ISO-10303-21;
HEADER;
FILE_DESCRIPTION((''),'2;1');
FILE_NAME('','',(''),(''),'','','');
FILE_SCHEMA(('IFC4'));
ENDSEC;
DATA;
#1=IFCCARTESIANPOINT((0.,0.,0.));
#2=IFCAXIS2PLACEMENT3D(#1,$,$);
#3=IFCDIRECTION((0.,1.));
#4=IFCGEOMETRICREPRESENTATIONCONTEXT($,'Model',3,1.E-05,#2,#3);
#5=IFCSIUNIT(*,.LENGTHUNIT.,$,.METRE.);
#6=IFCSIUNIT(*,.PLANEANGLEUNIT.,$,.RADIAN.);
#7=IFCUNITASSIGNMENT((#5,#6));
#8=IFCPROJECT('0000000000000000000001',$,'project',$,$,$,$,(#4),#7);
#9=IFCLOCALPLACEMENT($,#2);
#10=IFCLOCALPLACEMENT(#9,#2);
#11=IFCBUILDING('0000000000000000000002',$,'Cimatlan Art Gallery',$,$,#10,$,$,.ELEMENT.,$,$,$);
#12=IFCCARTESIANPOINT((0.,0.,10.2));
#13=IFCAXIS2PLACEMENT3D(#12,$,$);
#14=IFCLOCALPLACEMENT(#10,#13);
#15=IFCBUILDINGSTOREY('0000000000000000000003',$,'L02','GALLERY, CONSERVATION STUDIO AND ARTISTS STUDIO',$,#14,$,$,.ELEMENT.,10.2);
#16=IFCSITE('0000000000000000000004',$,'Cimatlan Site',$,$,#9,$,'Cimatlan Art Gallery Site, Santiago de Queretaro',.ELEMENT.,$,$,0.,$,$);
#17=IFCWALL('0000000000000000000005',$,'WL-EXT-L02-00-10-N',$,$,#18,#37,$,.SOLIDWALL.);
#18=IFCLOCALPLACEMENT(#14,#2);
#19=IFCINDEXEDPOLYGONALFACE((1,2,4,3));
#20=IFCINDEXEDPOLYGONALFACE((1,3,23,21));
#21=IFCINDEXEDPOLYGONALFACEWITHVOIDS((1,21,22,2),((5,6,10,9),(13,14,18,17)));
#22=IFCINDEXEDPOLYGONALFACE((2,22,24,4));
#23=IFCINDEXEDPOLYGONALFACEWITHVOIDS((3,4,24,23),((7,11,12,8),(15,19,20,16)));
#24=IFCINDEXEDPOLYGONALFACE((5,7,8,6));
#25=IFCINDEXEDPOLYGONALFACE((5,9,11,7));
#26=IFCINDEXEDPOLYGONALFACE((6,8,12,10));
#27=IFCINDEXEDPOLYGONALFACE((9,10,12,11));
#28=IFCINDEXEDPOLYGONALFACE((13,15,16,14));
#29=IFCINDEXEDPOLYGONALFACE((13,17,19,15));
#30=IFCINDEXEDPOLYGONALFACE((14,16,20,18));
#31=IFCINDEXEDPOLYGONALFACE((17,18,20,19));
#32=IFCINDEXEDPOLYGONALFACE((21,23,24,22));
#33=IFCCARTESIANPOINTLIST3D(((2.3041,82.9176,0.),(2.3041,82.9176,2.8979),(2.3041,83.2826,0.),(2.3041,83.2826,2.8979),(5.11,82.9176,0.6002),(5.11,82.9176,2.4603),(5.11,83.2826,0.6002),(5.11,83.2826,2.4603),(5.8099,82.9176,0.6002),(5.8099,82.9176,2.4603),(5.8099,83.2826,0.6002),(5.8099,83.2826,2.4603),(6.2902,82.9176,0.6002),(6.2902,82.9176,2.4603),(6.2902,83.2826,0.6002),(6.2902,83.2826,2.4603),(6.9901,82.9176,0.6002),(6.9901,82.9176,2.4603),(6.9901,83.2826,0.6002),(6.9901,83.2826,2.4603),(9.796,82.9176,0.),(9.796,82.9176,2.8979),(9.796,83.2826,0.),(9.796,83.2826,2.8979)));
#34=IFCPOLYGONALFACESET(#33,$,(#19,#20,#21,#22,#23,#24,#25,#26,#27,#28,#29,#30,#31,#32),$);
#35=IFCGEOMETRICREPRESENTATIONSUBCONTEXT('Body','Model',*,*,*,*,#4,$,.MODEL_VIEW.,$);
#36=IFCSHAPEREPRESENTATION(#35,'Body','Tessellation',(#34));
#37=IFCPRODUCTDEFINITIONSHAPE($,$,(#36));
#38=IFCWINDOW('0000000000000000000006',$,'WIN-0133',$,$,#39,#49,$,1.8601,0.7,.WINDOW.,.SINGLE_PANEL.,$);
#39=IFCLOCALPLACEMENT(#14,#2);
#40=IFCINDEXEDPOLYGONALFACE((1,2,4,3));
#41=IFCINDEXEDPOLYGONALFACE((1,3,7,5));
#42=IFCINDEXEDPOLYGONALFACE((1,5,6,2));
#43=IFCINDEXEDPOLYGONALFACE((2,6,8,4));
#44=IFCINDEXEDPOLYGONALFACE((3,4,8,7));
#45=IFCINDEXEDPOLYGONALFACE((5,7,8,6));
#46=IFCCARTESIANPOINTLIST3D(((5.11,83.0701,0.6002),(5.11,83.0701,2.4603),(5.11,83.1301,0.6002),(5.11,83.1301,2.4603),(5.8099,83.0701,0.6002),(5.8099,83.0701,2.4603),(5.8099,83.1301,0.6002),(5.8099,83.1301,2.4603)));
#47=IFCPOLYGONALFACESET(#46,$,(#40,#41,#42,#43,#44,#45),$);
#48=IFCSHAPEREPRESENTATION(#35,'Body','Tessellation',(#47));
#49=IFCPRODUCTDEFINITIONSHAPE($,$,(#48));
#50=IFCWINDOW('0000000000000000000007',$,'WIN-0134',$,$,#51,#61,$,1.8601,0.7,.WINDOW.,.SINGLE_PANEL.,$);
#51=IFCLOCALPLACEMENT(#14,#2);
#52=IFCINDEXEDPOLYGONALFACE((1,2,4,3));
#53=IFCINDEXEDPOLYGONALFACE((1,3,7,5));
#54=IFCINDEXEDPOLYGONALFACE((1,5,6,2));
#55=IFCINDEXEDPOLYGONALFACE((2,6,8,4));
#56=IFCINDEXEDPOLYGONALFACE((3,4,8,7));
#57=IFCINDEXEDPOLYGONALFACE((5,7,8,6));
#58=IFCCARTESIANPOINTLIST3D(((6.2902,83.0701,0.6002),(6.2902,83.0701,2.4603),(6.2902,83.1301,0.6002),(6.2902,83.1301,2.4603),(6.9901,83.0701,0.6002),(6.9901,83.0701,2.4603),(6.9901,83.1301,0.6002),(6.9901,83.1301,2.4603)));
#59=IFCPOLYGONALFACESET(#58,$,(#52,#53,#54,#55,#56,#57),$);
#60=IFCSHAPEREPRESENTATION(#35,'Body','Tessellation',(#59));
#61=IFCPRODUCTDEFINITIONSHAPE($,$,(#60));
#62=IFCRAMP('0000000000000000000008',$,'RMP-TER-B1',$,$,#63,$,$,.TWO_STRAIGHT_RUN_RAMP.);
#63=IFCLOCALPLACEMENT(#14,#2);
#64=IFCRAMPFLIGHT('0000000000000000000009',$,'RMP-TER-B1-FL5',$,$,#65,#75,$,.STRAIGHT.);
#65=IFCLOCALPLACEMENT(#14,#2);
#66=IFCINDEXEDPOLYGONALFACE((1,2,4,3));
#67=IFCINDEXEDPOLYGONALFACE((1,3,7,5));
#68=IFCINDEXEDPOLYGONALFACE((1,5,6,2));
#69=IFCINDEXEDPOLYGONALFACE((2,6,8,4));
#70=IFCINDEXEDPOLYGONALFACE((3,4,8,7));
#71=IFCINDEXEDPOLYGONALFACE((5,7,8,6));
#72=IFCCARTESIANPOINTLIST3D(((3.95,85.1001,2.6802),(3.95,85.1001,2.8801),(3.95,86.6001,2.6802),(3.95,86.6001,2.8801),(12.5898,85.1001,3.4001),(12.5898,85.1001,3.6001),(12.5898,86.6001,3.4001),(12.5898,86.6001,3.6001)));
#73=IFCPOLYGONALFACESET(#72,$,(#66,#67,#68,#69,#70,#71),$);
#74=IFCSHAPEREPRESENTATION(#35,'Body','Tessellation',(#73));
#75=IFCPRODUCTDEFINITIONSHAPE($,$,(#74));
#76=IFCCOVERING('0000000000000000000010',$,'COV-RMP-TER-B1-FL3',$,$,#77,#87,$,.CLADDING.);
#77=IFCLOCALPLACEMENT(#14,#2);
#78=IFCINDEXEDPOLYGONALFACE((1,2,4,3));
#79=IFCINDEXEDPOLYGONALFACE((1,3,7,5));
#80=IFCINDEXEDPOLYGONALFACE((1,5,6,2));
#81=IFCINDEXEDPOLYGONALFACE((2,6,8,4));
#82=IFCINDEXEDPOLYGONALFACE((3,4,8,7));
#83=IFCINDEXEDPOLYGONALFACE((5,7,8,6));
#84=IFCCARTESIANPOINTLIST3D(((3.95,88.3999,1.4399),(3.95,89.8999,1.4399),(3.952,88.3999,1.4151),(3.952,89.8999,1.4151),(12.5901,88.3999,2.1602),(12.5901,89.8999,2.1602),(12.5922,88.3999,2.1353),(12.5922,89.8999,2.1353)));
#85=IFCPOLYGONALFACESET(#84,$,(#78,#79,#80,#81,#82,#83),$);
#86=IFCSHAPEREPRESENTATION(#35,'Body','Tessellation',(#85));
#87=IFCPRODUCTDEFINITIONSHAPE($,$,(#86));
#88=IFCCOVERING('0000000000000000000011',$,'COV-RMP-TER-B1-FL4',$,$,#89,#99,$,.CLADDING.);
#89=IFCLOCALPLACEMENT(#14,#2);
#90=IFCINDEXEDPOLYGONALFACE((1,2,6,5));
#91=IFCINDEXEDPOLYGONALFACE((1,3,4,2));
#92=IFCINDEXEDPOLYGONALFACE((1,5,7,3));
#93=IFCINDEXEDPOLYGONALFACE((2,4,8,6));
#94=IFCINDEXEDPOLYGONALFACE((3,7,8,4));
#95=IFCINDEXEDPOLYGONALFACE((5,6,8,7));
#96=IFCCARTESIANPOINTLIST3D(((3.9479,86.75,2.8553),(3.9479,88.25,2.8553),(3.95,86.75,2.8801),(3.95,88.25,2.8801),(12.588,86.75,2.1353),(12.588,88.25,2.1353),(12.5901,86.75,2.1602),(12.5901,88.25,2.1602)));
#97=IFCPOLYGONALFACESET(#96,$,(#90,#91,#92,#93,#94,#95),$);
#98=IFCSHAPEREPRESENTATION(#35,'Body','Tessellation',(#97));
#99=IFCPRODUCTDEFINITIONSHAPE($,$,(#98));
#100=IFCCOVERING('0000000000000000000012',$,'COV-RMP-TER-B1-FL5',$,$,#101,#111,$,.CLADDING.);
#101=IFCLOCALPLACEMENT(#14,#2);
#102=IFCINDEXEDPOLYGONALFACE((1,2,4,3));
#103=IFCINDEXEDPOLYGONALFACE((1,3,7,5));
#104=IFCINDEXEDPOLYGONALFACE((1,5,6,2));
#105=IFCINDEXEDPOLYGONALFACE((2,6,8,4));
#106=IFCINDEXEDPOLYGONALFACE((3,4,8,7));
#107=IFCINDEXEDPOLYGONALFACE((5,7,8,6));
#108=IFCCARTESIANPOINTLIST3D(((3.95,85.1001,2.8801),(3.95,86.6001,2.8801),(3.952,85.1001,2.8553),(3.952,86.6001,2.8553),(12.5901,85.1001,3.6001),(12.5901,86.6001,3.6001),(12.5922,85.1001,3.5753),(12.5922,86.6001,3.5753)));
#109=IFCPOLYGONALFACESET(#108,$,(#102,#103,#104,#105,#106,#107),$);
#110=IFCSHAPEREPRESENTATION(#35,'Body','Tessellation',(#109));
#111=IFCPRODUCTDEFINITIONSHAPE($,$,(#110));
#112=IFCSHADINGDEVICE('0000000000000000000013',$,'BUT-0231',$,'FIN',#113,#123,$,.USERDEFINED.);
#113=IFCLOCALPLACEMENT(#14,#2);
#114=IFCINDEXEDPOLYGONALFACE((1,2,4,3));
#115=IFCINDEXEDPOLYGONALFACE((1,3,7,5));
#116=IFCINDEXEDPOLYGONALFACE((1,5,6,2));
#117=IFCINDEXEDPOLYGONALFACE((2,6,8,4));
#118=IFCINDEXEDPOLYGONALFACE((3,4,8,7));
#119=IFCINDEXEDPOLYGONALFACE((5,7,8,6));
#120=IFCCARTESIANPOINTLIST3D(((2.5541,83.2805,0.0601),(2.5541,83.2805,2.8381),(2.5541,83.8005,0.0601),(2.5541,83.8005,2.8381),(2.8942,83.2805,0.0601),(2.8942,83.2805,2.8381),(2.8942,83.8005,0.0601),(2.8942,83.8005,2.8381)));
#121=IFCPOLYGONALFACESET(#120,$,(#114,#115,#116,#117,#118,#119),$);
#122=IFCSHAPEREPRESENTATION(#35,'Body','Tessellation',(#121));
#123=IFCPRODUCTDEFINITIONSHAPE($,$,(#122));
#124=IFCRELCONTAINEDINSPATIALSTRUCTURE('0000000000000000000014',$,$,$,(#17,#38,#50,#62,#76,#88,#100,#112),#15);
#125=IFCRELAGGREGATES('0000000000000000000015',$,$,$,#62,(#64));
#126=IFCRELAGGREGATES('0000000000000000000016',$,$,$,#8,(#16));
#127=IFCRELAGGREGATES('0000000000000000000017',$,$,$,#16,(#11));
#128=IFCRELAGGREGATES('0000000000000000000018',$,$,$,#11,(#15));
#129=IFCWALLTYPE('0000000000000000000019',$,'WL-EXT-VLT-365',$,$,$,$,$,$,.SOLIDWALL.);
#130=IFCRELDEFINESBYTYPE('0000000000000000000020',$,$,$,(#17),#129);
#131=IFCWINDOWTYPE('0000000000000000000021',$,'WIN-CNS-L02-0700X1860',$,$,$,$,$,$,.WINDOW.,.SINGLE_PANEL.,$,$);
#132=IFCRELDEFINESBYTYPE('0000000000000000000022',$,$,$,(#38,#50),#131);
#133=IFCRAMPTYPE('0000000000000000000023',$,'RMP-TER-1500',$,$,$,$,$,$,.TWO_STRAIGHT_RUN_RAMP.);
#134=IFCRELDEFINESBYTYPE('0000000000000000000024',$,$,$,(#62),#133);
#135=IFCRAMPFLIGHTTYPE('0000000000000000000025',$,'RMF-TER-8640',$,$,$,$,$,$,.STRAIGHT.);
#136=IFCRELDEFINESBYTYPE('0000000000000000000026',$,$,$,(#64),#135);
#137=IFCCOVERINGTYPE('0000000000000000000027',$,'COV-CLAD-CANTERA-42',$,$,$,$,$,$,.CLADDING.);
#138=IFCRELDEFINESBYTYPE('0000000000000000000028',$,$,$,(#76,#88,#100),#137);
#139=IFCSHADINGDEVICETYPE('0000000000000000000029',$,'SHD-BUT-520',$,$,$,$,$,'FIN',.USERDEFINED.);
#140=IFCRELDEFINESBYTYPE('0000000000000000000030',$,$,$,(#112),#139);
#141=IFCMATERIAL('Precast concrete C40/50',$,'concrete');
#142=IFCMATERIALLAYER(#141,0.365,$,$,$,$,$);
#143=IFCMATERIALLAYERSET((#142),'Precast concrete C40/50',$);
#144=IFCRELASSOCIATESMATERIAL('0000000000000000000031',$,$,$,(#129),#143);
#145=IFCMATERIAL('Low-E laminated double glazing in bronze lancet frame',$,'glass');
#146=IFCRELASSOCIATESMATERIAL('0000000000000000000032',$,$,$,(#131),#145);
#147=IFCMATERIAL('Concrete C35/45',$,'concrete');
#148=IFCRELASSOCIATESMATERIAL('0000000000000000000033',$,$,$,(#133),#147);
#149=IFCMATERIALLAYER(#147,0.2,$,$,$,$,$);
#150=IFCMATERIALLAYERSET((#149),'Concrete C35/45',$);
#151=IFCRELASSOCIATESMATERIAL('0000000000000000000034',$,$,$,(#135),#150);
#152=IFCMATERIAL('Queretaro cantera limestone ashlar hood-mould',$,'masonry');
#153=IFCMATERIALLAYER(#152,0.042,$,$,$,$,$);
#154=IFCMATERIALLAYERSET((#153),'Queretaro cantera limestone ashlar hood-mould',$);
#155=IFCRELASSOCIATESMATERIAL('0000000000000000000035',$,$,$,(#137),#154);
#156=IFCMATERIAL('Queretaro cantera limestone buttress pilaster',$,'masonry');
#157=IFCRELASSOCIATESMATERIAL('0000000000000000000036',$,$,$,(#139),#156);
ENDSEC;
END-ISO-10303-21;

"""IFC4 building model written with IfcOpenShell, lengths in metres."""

from ifc_helpers import new_model, si_unit, direction, frame, frame_2d, origin, origin_2d, place, context, subcontext, project, spatial, polyline, rectangle, outline, extrude, material, layer, layer_set, type_object, element, fill, aggregate, save


model = new_model("IFC4")

# Units and contexts
model_context = context("Model", 3, precision=1e-05, world=origin(), true_north=direction((0.0, 1.0)))
body_context = subcontext(model_context, "Body", "Model", "MODEL_VIEW")
ifc_project = project(units=[si_unit("LENGTHUNIT", "METRE"), si_unit("PLANEANGLEUNIT", "RADIAN")], contexts=[model_context])

# Site, building, storey
site_placement = place(None, origin())
site = spatial("IfcSite", under=ifc_project, at=site_placement, Name="Cimatlan Site", LongName="Cimatlan Art Gallery Site, Santiago de Queretaro", CompositionType="ELEMENT", RefElevation=0.0)
building_placement = place(site_placement, origin())
building = spatial("IfcBuilding", under=site, at=building_placement, Name="Cimatlan Art Gallery", CompositionType="ELEMENT")
storey_placement = place(building_placement, frame((0.0, 0.0, 10.2)))
storey = spatial("IfcBuildingStorey", under=building, at=storey_placement, Name="L02", Description="GALLERY, CONSERVATION STUDIO AND ARTISTS STUDIO", CompositionType="ELEMENT", Elevation=10.2)

# Wall, openings, windows
ifc_material_1 = material(Name="Precast concrete C40/50", Category="concrete")
ifc_layer_1 = layer(ifc_material_1, 0.365)
ifc_layer_set_1 = layer_set([ifc_layer_1], Name="Precast concrete C40/50")
wall_type = type_object("IfcWallType", Name="WL-EXT-VLT-365", PredefinedType="SOLIDWALL", material=ifc_layer_set_1)
wall_placement = place(storey_placement, frame((2.304, 83.1001, 0.0), z_axis=(0.0, 0.0, 1.0), x_axis=(1.0, 0.0, 0.0)))
wall = element("IfcWall", 1, at=wall_placement, inside=storey, type_object=wall_type, Name="WL-EXT-L02-00-10-N", PredefinedType="SOLIDWALL", context=body_context, shape_type="SweptSolid", body=[
    extrude(rectangle(XDim=7.4919, YDim=0.365, at=frame_2d((3.7461, 0.0))), origin(), (0.0, 0.0, 1.0), 2.8979),
])
opening_1_placement = place(wall_placement, frame((2.8059, 0.0, 0.6001)))
opening_1 = element("IfcOpeningElement", 2, at=opening_1_placement, cuts=wall, PredefinedType="OPENING", context=body_context, shape_type="SweptSolid", body=[
    extrude(rectangle(XDim=0.7, YDim=1.8601, at=frame_2d((0.3501, 0.9302))), frame((0.0, 0.1924, 0.0), z_axis=(0.0, -1.0, 0.0), x_axis=(1.0, 0.0, 0.0)), (0.0, 0.0, 1.0), 0.385),
])
opening_2_placement = place(wall_placement, frame((3.9861, 0.0, 0.6001)))
opening_2 = element("IfcOpeningElement", 3, at=opening_2_placement, cuts=wall, PredefinedType="OPENING", context=body_context, shape_type="SweptSolid", body=[
    extrude(rectangle(XDim=0.7, YDim=1.8601, at=frame_2d((0.3501, 0.9302))), frame((0.0, 0.1924, 0.0), z_axis=(0.0, -1.0, 0.0), x_axis=(1.0, 0.0, 0.0)), (0.0, 0.0, 1.0), 0.385),
])
ifc_material_2 = material(Name="Low-E laminated double glazing in bronze lancet frame", Category="glass")
window_type = type_object("IfcWindowType", Name="WIN-CNS-L02-0700X1860", PartitioningType="SINGLE_PANEL", PredefinedType="WINDOW", material=ifc_material_2)
window_1_placement = place(opening_1_placement, origin())
window_1 = element("IfcWindow", 4, at=window_1_placement, inside=storey, type_object=window_type, Name="WIN-0133", OverallHeight=1.8601, OverallWidth=0.7, PartitioningType="SINGLE_PANEL", PredefinedType="WINDOW", context=body_context, shape_type="SweptSolid", body=[
    extrude(rectangle(XDim=0.7, YDim=1.8601, at=frame_2d((0.3501, 0.9302))), frame((0.0, 0.03, 0.0), z_axis=(0.0, -1.0, 0.0), x_axis=(1.0, 0.0, 0.0)), (0.0, 0.0, 1.0), 0.0601),
])
fill(opening_1, window_1)
window_2_placement = place(opening_2_placement, origin())
window_2 = element("IfcWindow", 5, at=window_2_placement, inside=storey, type_object=window_type, Name="WIN-0134", OverallHeight=1.8601, OverallWidth=0.7, PartitioningType="SINGLE_PANEL", PredefinedType="WINDOW", context=body_context, shape_type="SweptSolid", body=[
    extrude(rectangle(XDim=0.7, YDim=1.8601, at=frame_2d((0.3501, 0.9302))), frame((0.0, 0.03, 0.0), z_axis=(0.0, -1.0, 0.0), x_axis=(1.0, 0.0, 0.0)), (0.0, 0.0, 1.0), 0.0601),
])
fill(opening_2, window_2)

# Ramp, ramp flight
ifc_material_3 = material(Name="Concrete C35/45", Category="concrete")
ramp_type = type_object("IfcRampType", Name="RMP-TER-1500", PredefinedType="TWO_STRAIGHT_RUN_RAMP", material=ifc_material_3)
ramp_placement = place(storey_placement, origin())
ramp = element("IfcRamp", 6, at=ramp_placement, inside=storey, type_object=ramp_type, Name="RMP-TER-B1", PredefinedType="TWO_STRAIGHT_RUN_RAMP")
ifc_layer_2 = layer(ifc_material_3, 0.2)
ifc_layer_set_2 = layer_set([ifc_layer_2], Name="Concrete C35/45")
ramp_flight_type = type_object("IfcRampFlightType", Name="RMF-TER-8640", PredefinedType="STRAIGHT", material=ifc_layer_set_2)
ramp_flight_placement = place(storey_placement, frame((3.95, 85.8501, 2.8801), z_axis=(0.0, 0.0, 1.0), x_axis=(1.0, 0.0, 0.0)))
ramp_flight = element("IfcRampFlight", 7, at=ramp_flight_placement, type_object=ramp_flight_type, Name="RMP-TER-B1-FL5", PredefinedType="STRAIGHT", context=body_context, shape_type="SweptSolid", body=[
    extrude(outline(polyline([(0.0, 0.0), (8.6399, 0.72), (8.6399, 0.52), (0.0, -0.2), (0.0, 0.0)])), frame((0.0, 0.75, 0.0), z_axis=(0.0, -1.0, 0.0), x_axis=(1.0, 0.0, 0.0)), (0.0, 0.0, 1.0), 1.5),
])
aggregate(ramp, [ramp_flight])

# Coverings
ifc_material_4 = material(Name="Queretaro cantera limestone ashlar hood-mould", Category="masonry")
ifc_layer_3 = layer(ifc_material_4, 0.042)
ifc_layer_set_3 = layer_set([ifc_layer_3], Name="Queretaro cantera limestone ashlar hood-mould")
covering_type = type_object("IfcCoveringType", Name="COV-CLAD-CANTERA-42", PredefinedType="CLADDING", material=ifc_layer_set_3)
covering_placement = place(storey_placement, frame((3.95, 88.3999, 1.4399), z_axis=(-0.083069, 0.0, 0.996544), x_axis=(0.996544, 0.0, 0.083069)))
element("IfcCovering", 8, at=covering_placement, inside=storey, type_object=covering_type, Name="COV-RMP-TER-B1-FL3", PredefinedType="CLADDING", context=body_context, shape_type="SweptSolid", body=[
    extrude(outline(polyline([(0.0, 0.0), (8.6701, 0.0), (8.6701, 1.5), (0.0, 1.5), (0.0, 0.0)])), origin(), (0.0, 0.0, -1.0), 0.0249),
])
for number, where, z_axis, x_axis, name in (
    (9, (3.95, 86.75, 2.8801), (0.083041, 0.0, 0.996546), (0.996546, 0.0, -0.083041), "COV-RMP-TER-B1-FL4"),
    (10, (3.95, 85.1001, 2.8801), (-0.083041, 0.0, 0.996546), (0.996546, 0.0, 0.083041), "COV-RMP-TER-B1-FL5"),
):
    element("IfcCovering", number, at=place(storey_placement, frame(where, z_axis=z_axis, x_axis=x_axis)), inside=storey, type_object=covering_type, Name=name, PredefinedType="CLADDING", context=body_context, shape_type="SweptSolid", body=[
        extrude(outline(polyline([(0.0, 0.0), (8.6701, 0.0), (8.6701, 1.5), (0.0, 1.5), (0.0, 0.0)])), origin(), (0.0, 0.0, -1.0), 0.0249),
    ])

# Shading device
ifc_material_5 = material(Name="Queretaro cantera limestone buttress pilaster", Category="masonry")
shading_device_type = type_object("IfcShadingDeviceType", Name="SHD-BUT-520", ElementType="FIN", PredefinedType="USERDEFINED", material=ifc_material_5)
shading_device_placement = place(storey_placement, frame((2.7241, 83.5405, 0.0601), z_axis=(0.0, 0.0, 1.0), x_axis=(1.0, 0.0, 0.0)))
element("IfcShadingDevice", 11, at=shading_device_placement, inside=storey, type_object=shading_device_type, Name="BUT-0231", ObjectType="FIN", PredefinedType="USERDEFINED", context=body_context, shape_type="SweptSolid", body=[
    extrude(rectangle(XDim=0.3401, YDim=0.52, at=origin_2d()), origin(), (0.0, 0.0, 1.0), 2.7781),
])

save(model, "model.ifc")
